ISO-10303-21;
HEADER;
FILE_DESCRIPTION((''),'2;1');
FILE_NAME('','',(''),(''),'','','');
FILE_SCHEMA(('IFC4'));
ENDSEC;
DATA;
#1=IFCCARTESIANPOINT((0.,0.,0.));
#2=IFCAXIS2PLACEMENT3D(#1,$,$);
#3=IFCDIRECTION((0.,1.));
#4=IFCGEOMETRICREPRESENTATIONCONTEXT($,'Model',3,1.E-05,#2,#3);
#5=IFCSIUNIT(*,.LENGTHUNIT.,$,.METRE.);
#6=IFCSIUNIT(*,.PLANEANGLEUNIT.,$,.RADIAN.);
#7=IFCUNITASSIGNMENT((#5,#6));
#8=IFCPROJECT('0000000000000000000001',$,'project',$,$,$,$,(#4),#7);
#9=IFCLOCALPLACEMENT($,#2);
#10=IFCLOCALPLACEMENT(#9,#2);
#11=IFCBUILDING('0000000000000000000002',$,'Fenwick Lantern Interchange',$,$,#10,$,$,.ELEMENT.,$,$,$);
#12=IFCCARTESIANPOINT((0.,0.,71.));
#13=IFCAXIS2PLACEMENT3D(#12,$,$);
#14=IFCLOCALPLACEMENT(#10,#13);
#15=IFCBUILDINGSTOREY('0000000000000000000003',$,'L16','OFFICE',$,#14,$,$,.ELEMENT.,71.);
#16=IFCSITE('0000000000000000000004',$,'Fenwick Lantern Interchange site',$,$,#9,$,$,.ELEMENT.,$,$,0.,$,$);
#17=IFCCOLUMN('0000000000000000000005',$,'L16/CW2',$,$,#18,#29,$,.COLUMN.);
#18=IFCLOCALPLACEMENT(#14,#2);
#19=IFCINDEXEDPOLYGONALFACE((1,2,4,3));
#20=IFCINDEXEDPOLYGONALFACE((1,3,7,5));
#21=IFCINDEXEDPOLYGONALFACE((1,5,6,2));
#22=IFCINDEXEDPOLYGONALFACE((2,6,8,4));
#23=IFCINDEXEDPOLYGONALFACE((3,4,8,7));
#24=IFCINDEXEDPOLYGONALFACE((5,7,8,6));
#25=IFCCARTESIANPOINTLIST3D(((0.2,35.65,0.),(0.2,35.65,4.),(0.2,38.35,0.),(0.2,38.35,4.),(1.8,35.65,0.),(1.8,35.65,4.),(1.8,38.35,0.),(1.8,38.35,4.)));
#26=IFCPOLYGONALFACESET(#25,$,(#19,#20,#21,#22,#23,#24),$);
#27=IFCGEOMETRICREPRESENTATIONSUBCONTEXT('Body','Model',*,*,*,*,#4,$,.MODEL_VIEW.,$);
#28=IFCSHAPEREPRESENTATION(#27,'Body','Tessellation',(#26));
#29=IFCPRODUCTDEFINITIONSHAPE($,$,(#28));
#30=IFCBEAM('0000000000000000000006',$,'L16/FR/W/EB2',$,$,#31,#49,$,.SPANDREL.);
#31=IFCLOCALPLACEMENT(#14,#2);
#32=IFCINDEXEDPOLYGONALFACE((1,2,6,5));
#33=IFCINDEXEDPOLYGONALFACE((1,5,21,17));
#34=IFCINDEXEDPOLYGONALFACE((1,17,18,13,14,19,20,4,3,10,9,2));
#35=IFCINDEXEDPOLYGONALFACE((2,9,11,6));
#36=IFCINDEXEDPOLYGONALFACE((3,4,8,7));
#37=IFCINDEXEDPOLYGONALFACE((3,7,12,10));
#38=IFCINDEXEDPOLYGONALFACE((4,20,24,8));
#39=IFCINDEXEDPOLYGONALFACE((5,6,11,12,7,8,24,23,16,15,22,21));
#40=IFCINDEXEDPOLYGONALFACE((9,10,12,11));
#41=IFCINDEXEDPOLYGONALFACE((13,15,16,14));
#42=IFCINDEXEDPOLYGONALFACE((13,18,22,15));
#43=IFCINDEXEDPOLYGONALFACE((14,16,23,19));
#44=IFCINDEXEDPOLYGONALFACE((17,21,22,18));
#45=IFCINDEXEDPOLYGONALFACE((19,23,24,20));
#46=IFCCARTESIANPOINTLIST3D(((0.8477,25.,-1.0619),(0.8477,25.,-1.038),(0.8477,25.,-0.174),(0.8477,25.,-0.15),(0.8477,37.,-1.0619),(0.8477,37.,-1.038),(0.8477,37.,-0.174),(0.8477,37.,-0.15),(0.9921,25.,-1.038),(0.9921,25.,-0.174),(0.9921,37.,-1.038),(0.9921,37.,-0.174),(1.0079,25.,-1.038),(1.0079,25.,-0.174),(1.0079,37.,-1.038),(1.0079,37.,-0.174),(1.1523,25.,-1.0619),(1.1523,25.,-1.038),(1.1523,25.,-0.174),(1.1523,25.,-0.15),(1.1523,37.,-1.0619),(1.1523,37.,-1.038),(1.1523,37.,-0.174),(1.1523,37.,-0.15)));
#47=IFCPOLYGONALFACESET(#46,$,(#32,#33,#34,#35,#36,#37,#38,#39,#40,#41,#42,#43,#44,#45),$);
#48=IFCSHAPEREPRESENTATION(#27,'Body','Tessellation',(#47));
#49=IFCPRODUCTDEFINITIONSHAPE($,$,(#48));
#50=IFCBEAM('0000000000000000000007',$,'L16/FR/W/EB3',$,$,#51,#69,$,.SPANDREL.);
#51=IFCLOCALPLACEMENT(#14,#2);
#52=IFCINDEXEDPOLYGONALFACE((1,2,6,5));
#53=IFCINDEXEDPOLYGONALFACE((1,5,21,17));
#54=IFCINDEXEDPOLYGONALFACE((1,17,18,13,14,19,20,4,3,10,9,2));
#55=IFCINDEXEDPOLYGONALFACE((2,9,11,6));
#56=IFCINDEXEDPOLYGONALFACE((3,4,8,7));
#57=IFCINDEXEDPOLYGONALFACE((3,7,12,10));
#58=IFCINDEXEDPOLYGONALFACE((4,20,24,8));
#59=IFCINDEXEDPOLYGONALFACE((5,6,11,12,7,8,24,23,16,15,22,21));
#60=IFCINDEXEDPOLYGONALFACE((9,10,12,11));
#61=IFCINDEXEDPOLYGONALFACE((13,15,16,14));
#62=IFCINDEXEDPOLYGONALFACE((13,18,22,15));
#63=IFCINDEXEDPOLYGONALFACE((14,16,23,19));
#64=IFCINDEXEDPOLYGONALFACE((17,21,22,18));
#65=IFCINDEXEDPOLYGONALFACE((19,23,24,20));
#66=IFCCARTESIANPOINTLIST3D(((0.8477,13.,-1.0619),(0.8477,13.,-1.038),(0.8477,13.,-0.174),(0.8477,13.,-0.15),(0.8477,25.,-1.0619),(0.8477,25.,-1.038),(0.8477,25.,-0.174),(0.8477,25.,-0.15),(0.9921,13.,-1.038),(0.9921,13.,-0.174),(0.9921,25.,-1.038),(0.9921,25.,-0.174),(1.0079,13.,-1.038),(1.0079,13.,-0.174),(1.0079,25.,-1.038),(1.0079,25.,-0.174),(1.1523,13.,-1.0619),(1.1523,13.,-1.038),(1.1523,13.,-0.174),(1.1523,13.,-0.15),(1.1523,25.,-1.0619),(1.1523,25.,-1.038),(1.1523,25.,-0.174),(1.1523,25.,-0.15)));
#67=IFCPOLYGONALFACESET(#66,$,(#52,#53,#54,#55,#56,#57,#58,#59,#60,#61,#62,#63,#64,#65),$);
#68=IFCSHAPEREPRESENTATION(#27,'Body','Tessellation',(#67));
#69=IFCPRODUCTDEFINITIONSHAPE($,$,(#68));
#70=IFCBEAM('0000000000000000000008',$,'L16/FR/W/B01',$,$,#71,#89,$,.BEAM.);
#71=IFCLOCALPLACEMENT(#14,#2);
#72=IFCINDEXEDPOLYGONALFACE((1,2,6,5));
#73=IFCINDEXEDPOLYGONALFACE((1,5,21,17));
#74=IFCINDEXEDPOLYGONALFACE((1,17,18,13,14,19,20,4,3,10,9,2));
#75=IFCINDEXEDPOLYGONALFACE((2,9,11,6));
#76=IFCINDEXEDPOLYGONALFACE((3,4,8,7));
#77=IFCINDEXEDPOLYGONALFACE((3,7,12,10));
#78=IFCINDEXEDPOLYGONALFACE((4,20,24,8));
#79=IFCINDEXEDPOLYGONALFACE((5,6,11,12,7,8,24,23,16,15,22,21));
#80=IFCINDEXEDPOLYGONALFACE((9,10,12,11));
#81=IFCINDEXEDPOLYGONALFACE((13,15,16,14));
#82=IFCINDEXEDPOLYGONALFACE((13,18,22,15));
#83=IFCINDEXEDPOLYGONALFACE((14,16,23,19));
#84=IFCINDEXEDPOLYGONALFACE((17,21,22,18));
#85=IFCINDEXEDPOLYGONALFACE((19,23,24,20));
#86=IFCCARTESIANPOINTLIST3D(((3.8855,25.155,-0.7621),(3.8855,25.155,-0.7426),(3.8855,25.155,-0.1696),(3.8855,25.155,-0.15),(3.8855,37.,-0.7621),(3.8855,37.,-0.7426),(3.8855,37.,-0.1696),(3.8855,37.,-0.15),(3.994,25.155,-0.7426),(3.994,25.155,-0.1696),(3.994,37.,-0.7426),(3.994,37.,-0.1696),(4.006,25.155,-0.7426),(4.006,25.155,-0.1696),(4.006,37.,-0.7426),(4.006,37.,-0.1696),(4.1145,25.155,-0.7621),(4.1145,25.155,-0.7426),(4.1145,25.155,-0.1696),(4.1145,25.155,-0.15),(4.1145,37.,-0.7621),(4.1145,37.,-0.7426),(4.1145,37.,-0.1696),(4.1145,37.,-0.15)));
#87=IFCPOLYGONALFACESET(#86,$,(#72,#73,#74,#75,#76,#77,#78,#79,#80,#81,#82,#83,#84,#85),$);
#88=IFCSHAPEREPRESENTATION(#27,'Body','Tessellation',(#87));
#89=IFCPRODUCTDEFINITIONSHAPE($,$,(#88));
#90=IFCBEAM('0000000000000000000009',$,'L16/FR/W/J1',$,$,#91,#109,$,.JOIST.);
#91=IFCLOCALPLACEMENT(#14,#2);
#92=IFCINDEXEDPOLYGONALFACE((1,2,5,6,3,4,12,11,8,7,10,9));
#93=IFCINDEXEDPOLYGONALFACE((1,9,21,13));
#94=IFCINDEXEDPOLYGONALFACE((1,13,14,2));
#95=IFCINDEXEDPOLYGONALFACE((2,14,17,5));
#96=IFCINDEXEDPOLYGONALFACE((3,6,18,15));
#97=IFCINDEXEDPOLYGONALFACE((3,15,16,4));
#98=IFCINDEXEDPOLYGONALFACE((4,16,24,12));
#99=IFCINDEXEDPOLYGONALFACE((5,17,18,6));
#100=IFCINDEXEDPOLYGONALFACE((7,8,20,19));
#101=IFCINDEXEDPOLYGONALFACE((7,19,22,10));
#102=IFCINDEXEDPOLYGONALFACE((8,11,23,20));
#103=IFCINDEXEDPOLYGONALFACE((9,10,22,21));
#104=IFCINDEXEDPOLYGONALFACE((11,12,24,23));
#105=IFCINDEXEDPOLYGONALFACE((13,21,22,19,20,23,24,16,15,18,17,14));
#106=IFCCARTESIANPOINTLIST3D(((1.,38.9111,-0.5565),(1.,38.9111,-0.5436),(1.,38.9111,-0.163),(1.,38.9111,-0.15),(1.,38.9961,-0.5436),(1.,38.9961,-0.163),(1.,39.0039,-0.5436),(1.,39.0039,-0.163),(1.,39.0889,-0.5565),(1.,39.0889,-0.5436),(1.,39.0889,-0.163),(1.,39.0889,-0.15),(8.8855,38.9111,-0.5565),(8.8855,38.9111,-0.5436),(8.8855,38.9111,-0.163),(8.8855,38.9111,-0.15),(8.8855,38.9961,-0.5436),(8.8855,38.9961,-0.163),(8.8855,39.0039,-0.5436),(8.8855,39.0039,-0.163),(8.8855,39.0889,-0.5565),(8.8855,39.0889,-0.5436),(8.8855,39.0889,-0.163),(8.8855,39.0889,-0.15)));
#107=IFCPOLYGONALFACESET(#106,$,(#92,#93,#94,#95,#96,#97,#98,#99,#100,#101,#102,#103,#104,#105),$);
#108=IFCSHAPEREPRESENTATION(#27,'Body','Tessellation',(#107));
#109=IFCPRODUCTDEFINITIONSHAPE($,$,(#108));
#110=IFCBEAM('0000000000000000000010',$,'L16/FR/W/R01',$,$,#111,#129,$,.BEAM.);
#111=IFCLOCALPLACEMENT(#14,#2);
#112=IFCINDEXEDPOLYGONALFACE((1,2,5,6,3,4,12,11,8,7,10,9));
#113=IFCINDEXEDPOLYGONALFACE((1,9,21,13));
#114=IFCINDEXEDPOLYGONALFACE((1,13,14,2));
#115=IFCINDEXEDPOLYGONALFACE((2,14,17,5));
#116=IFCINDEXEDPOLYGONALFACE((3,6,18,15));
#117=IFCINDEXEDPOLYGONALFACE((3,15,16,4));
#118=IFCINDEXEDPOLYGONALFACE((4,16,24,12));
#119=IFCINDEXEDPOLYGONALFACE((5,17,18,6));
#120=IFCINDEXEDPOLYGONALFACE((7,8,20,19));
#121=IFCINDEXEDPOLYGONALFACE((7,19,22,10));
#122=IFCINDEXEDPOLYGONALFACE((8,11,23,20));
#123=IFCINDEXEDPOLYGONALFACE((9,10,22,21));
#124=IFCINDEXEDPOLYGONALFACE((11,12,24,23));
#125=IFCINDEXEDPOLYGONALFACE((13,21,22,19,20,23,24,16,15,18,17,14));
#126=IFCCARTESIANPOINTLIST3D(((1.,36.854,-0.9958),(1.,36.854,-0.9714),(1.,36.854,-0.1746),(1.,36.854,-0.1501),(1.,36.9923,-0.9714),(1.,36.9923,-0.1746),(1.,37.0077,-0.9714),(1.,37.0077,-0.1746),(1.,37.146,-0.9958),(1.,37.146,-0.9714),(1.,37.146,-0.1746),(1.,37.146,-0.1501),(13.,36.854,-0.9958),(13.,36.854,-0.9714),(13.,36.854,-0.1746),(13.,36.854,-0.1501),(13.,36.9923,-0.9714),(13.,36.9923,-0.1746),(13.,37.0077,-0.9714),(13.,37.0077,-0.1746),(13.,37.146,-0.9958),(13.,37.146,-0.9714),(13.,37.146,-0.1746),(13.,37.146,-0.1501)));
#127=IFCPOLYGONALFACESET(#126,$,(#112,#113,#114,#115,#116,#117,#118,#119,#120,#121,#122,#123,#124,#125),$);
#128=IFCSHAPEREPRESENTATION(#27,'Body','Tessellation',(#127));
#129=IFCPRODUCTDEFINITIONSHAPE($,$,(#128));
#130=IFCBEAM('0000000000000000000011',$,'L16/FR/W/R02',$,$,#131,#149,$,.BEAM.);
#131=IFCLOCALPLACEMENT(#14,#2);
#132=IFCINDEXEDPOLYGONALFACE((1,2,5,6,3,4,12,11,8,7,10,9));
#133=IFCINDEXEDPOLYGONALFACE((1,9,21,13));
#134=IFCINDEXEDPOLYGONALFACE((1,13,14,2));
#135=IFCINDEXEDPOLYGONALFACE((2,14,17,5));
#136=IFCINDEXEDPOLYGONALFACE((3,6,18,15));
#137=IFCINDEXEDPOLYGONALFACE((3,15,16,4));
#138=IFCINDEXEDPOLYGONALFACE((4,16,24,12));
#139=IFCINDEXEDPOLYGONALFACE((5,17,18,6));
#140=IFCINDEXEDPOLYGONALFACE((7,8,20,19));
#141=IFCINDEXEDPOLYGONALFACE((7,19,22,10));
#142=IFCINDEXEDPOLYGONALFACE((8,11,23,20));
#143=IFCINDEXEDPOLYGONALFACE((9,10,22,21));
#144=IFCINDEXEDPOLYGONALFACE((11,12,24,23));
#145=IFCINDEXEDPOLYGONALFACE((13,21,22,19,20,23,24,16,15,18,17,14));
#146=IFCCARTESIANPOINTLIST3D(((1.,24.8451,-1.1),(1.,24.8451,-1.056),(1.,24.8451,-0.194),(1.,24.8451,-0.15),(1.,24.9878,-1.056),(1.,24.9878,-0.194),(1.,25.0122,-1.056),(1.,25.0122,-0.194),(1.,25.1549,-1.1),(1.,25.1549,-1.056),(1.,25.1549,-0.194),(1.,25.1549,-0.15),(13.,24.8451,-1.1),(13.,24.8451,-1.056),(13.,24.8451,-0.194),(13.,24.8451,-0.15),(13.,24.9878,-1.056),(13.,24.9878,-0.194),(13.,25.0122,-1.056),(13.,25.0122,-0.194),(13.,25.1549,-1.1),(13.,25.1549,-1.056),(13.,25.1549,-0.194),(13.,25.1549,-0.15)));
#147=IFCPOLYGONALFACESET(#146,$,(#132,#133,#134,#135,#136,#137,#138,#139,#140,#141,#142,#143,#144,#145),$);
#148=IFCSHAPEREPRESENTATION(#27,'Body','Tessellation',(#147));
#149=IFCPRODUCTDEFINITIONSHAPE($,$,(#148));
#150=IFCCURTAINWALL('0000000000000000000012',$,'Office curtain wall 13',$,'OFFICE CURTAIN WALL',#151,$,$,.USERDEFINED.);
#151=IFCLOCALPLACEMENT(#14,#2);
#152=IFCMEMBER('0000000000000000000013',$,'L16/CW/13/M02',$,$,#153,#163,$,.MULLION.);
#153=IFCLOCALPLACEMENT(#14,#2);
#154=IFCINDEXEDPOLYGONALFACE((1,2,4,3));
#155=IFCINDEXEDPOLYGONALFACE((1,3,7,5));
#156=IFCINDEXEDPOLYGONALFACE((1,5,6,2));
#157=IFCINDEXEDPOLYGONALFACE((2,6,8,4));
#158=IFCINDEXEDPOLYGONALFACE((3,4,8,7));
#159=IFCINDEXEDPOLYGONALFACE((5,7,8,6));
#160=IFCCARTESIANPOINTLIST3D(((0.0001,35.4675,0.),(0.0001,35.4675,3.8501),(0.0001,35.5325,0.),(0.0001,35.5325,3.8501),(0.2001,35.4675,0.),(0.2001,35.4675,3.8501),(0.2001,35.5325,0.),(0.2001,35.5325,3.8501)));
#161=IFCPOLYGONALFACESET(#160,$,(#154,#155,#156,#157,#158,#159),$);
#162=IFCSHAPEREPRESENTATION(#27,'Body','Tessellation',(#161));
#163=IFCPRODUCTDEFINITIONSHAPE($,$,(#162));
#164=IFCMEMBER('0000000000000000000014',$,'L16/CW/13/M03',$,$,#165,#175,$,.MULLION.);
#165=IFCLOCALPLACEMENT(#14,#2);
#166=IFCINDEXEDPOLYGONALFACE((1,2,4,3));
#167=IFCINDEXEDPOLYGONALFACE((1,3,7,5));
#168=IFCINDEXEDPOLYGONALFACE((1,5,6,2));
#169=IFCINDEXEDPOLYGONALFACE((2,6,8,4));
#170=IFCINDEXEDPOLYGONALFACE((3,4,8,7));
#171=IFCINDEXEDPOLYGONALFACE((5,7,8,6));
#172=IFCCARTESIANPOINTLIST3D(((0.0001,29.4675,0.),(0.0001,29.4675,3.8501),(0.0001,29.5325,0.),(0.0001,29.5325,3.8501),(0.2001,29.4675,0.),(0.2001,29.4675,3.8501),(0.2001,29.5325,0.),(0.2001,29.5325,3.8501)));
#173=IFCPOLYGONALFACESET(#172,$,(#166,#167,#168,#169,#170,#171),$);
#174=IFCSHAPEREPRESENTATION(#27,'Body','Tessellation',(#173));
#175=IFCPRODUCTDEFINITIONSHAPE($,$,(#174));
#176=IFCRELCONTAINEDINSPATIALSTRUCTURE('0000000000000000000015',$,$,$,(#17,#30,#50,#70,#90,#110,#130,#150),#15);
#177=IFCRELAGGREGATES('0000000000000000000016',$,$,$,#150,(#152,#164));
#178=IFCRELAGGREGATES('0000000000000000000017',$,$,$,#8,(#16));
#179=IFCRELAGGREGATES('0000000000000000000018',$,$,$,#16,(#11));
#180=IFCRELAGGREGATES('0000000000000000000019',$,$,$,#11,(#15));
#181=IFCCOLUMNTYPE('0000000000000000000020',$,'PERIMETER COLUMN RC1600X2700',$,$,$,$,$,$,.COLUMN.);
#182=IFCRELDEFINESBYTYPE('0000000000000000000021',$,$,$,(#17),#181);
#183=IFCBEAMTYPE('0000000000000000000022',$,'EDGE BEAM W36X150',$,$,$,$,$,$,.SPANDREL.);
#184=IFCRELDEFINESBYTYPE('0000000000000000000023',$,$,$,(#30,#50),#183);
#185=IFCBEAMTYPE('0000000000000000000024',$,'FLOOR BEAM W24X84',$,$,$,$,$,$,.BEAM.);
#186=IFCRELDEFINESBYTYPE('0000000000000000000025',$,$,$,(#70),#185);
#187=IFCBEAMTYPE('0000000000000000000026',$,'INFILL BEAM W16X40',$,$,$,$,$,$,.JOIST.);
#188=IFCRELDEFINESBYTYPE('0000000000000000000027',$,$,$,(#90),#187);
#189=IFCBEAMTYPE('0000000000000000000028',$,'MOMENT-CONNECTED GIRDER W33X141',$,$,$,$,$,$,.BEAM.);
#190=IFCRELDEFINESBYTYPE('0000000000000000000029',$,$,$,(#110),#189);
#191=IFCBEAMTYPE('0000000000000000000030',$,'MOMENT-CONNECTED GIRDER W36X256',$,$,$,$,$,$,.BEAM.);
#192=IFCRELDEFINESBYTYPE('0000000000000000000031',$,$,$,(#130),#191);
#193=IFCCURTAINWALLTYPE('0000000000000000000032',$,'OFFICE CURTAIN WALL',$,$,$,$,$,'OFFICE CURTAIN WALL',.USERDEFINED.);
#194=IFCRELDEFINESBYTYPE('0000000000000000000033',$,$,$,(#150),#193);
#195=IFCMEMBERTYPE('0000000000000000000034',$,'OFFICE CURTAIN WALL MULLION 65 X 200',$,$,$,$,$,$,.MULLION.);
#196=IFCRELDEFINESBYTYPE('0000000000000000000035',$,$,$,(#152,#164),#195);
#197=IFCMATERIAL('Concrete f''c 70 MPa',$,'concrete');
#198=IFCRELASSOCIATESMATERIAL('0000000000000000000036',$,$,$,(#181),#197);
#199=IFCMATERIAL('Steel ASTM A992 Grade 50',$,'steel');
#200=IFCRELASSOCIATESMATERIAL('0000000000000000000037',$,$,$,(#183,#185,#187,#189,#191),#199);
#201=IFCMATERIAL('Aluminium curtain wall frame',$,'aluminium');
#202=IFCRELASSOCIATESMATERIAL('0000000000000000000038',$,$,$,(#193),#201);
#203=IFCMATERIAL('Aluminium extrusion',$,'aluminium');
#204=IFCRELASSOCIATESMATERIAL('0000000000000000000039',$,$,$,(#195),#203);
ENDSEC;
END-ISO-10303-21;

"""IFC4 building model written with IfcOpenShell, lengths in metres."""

from ifc_helpers import new_model, si_unit, direction, frame, origin, origin_2d, place, context, subcontext, project, spatial, rectangle, i_section, extrude, material, material_profile, profile_set, type_object, element, aggregate, save


model = new_model("IFC4")

# Units and contexts
model_context = context("Model", 3, precision=1e-05, world=origin(), true_north=direction((0.0, 1.0)))
body_context = subcontext(model_context, "Body", "Model", "MODEL_VIEW")
ifc_project = project(units=[si_unit("LENGTHUNIT", "METRE"), si_unit("PLANEANGLEUNIT", "RADIAN")], contexts=[model_context])

# Site, building, storey
site_placement = place(None, origin())
site = spatial("IfcSite", under=ifc_project, at=site_placement, Name="Fenwick Lantern Interchange site", CompositionType="ELEMENT", RefElevation=0.0)
building_placement = place(site_placement, origin())
building = spatial("IfcBuilding", under=site, at=building_placement, Name="Fenwick Lantern Interchange", CompositionType="ELEMENT")
storey_placement = place(building_placement, frame((0.0, 0.0, 71.0)))
storey = spatial("IfcBuildingStorey", under=building, at=storey_placement, Name="L16", Description="OFFICE", CompositionType="ELEMENT", Elevation=71.0)

# Column
ifc_material_1 = material(Name="Concrete f'c 70 MPa", Category="concrete")
ifc_material_profile_1 = material_profile(ifc_material_1, rectangle(XDim=1.6001, YDim=2.7, at=origin_2d()), Name="RC1600X2700")
ifc_profile_set_1 = profile_set([ifc_material_profile_1], Name="Concrete f'c 70 MPa")
column_type = type_object("IfcColumnType", Name="PERIMETER COLUMN RC1600X2700", PredefinedType="COLUMN", material=ifc_profile_set_1)
column_placement = place(storey_placement, frame((1.0, 37.0, 0.0), z_axis=(0.0, 0.0, 1.0), x_axis=(1.0, 0.0, 0.0)))
element("IfcColumn", 1, at=column_placement, inside=storey, type_object=column_type, Name="L16/CW2", PredefinedType="COLUMN", context=body_context, shape_type="SweptSolid", body=[
    extrude(rectangle(XDim=1.6001, YDim=2.7, at=origin_2d()), origin(), (0.0, 0.0, 1.0), 4.0),
])

# Beams
ifc_material_2 = material(Name="Steel ASTM A992 Grade 50", Category="steel")
ifc_material_profile_2 = material_profile(ifc_material_2, i_section(OverallWidth=0.3047, OverallDepth=0.9119, WebThickness=0.0159, FlangeThickness=0.0239, at=origin_2d()), Name="W36X150")
ifc_profile_set_2 = profile_set([ifc_material_profile_2], Name="Steel ASTM A992 Grade 50")
beam_type_1 = type_object("IfcBeamType", Name="EDGE BEAM W36X150", PredefinedType="SPANDREL", material=ifc_profile_set_2)
for number, where, z_axis, x_axis, name in (
    (2, (1.0, 37.0, -0.606), (0.0, -1.0, 0.0), (1.0, 0.0, 0.0), "L16/FR/W/EB2"),
    (3, (1.0, 25.0, -0.606), (0.0, -1.0, 0.0), (1.0, 0.0, 0.0), "L16/FR/W/EB3"),
):
    element("IfcBeam", number, at=place(storey_placement, frame(where, z_axis=z_axis, x_axis=x_axis)), inside=storey, type_object=beam_type_1, Name=name, PredefinedType="SPANDREL", context=body_context, shape_type="SweptSolid", body=[
        extrude(i_section(OverallWidth=0.3047, OverallDepth=0.9119, WebThickness=0.0159, FlangeThickness=0.0239, at=origin_2d()), origin(), (0.0, 0.0, 1.0), 12.0),
    ])
ifc_material_profile_3 = material_profile(ifc_material_2, i_section(OverallWidth=0.229, OverallDepth=0.6121, WebThickness=0.012, FlangeThickness=0.0195, at=origin_2d()), Name="W24X84")
ifc_profile_set_3 = profile_set([ifc_material_profile_3], Name="Steel ASTM A992 Grade 50")
beam_type_2 = type_object("IfcBeamType", Name="FLOOR BEAM W24X84", PredefinedType="BEAM", material=ifc_profile_set_3)
beam_1_placement = place(storey_placement, frame((4.0, 37.0, -0.4561), z_axis=(0.0, -1.0, 0.0), x_axis=(1.0, 0.0, 0.0)))
element("IfcBeam", 4, at=beam_1_placement, inside=storey, type_object=beam_type_2, Name="L16/FR/W/B01", PredefinedType="BEAM", context=body_context, shape_type="SweptSolid", body=[
    extrude(i_section(OverallWidth=0.229, OverallDepth=0.6121, WebThickness=0.012, FlangeThickness=0.0195, at=origin_2d()), origin(), (0.0, 0.0, 1.0), 11.845),
])
ifc_material_profile_4 = material_profile(ifc_material_2, i_section(OverallWidth=0.1777, OverallDepth=0.4065, WebThickness=0.0078, FlangeThickness=0.0129, at=origin_2d()), Name="W16X40")
ifc_profile_set_4 = profile_set([ifc_material_profile_4], Name="Steel ASTM A992 Grade 50")
beam_type_3 = type_object("IfcBeamType", Name="INFILL BEAM W16X40", PredefinedType="JOIST", material=ifc_profile_set_4)
beam_2_placement = place(storey_placement, frame((1.0, 39.0, -0.3533), z_axis=(1.0, 0.0, 0.0), x_axis=(0.0, 1.0, 0.0)))
element("IfcBeam", 5, at=beam_2_placement, inside=storey, type_object=beam_type_3, Name="L16/FR/W/J1", PredefinedType="JOIST", context=body_context, shape_type="SweptSolid", body=[
    extrude(i_section(OverallWidth=0.1777, OverallDepth=0.4065, WebThickness=0.0078, FlangeThickness=0.0129, at=origin_2d()), origin(), (0.0, 0.0, 1.0), 7.8855),
])
ifc_material_profile_5 = material_profile(ifc_material_2, i_section(OverallWidth=0.292, OverallDepth=0.8457, WebThickness=0.0154, FlangeThickness=0.0244, at=origin_2d()), Name="W33X141")
ifc_profile_set_5 = profile_set([ifc_material_profile_5], Name="Steel ASTM A992 Grade 50")
beam_type_4 = type_object("IfcBeamType", Name="MOMENT-CONNECTED GIRDER W33X141", PredefinedType="BEAM", material=ifc_profile_set_5)
beam_3_placement = place(storey_placement, frame((1.0, 37.0, -0.573), z_axis=(1.0, 0.0, 0.0), x_axis=(0.0, 1.0, 0.0)))
element("IfcBeam", 6, at=beam_3_placement, inside=storey, type_object=beam_type_4, Name="L16/FR/W/R01", PredefinedType="BEAM", context=body_context, shape_type="SweptSolid", body=[
    extrude(i_section(OverallWidth=0.292, OverallDepth=0.8457, WebThickness=0.0154, FlangeThickness=0.0244, at=origin_2d()), origin(), (0.0, 0.0, 1.0), 12.0),
])
ifc_material_profile_6 = material_profile(ifc_material_2, i_section(OverallWidth=0.3098, OverallDepth=0.95, WebThickness=0.0244, FlangeThickness=0.0439, at=origin_2d()), Name="W36X256")
ifc_profile_set_6 = profile_set([ifc_material_profile_6], Name="Steel ASTM A992 Grade 50")
beam_type_5 = type_object("IfcBeamType", Name="MOMENT-CONNECTED GIRDER W36X256", PredefinedType="BEAM", material=ifc_profile_set_6)
beam_4_placement = place(storey_placement, frame((1.0, 25.0, -0.625), z_axis=(1.0, 0.0, 0.0), x_axis=(0.0, 1.0, 0.0)))
element("IfcBeam", 7, at=beam_4_placement, inside=storey, type_object=beam_type_5, Name="L16/FR/W/R02", PredefinedType="BEAM", context=body_context, shape_type="SweptSolid", body=[
    extrude(i_section(OverallWidth=0.3098, OverallDepth=0.95, WebThickness=0.0244, FlangeThickness=0.0439, at=origin_2d()), origin(), (0.0, 0.0, 1.0), 12.0),
])

# Curtain wall, members
ifc_material_3 = material(Name="Aluminium curtain wall frame", Category="aluminium")
curtain_wall_type = type_object("IfcCurtainWallType", Name="OFFICE CURTAIN WALL", ElementType="OFFICE CURTAIN WALL", PredefinedType="USERDEFINED", material=ifc_material_3)
curtain_wall_placement = place(storey_placement, origin())
curtain_wall = element("IfcCurtainWall", 8, at=curtain_wall_placement, inside=storey, type_object=curtain_wall_type, Name="Office curtain wall 13", ObjectType="OFFICE CURTAIN WALL", PredefinedType="USERDEFINED")
ifc_material_4 = material(Name="Aluminium extrusion", Category="aluminium")
ifc_material_profile_7 = material_profile(ifc_material_4, rectangle(XDim=0.2, YDim=0.0649, at=origin_2d()), Name="OFFICE CURTAIN WALL MULLION 65 X 200")
ifc_profile_set_7 = profile_set([ifc_material_profile_7], Name="Aluminium extrusion")
member_type_1 = type_object("IfcMemberType", Name="OFFICE CURTAIN WALL MULLION 65 X 200", PredefinedType="MULLION", material=ifc_profile_set_7)
member_1_placement = place(storey_placement, frame((0.1001, 35.5, 0.0), z_axis=(0.0, 0.0, 1.0), x_axis=(1.0, 0.0, 0.0)))
member_1 = element("IfcMember", 9, at=member_1_placement, type_object=member_type_1, Name="L16/CW/13/M02", PredefinedType="MULLION", context=body_context, shape_type="SweptSolid", body=[
    extrude(rectangle(XDim=0.2, YDim=0.0649, at=origin_2d()), origin(), (0.0, 0.0, 1.0), 3.8501),
])
member_2_placement = place(storey_placement, frame((0.1001, 29.5, 0.0), z_axis=(0.0, 0.0, 1.0), x_axis=(1.0, 0.0, 0.0)))
member_2 = element("IfcMember", 10, at=member_2_placement, type_object=member_type_1, Name="L16/CW/13/M03", PredefinedType="MULLION", context=body_context, shape_type="SweptSolid", body=[
    extrude(rectangle(XDim=0.2, YDim=0.0649, at=origin_2d()), origin(), (0.0, 0.0, 1.0), 3.8501),
])
aggregate(curtain_wall, [member_1, member_2])

save(model, "model.ifc")
